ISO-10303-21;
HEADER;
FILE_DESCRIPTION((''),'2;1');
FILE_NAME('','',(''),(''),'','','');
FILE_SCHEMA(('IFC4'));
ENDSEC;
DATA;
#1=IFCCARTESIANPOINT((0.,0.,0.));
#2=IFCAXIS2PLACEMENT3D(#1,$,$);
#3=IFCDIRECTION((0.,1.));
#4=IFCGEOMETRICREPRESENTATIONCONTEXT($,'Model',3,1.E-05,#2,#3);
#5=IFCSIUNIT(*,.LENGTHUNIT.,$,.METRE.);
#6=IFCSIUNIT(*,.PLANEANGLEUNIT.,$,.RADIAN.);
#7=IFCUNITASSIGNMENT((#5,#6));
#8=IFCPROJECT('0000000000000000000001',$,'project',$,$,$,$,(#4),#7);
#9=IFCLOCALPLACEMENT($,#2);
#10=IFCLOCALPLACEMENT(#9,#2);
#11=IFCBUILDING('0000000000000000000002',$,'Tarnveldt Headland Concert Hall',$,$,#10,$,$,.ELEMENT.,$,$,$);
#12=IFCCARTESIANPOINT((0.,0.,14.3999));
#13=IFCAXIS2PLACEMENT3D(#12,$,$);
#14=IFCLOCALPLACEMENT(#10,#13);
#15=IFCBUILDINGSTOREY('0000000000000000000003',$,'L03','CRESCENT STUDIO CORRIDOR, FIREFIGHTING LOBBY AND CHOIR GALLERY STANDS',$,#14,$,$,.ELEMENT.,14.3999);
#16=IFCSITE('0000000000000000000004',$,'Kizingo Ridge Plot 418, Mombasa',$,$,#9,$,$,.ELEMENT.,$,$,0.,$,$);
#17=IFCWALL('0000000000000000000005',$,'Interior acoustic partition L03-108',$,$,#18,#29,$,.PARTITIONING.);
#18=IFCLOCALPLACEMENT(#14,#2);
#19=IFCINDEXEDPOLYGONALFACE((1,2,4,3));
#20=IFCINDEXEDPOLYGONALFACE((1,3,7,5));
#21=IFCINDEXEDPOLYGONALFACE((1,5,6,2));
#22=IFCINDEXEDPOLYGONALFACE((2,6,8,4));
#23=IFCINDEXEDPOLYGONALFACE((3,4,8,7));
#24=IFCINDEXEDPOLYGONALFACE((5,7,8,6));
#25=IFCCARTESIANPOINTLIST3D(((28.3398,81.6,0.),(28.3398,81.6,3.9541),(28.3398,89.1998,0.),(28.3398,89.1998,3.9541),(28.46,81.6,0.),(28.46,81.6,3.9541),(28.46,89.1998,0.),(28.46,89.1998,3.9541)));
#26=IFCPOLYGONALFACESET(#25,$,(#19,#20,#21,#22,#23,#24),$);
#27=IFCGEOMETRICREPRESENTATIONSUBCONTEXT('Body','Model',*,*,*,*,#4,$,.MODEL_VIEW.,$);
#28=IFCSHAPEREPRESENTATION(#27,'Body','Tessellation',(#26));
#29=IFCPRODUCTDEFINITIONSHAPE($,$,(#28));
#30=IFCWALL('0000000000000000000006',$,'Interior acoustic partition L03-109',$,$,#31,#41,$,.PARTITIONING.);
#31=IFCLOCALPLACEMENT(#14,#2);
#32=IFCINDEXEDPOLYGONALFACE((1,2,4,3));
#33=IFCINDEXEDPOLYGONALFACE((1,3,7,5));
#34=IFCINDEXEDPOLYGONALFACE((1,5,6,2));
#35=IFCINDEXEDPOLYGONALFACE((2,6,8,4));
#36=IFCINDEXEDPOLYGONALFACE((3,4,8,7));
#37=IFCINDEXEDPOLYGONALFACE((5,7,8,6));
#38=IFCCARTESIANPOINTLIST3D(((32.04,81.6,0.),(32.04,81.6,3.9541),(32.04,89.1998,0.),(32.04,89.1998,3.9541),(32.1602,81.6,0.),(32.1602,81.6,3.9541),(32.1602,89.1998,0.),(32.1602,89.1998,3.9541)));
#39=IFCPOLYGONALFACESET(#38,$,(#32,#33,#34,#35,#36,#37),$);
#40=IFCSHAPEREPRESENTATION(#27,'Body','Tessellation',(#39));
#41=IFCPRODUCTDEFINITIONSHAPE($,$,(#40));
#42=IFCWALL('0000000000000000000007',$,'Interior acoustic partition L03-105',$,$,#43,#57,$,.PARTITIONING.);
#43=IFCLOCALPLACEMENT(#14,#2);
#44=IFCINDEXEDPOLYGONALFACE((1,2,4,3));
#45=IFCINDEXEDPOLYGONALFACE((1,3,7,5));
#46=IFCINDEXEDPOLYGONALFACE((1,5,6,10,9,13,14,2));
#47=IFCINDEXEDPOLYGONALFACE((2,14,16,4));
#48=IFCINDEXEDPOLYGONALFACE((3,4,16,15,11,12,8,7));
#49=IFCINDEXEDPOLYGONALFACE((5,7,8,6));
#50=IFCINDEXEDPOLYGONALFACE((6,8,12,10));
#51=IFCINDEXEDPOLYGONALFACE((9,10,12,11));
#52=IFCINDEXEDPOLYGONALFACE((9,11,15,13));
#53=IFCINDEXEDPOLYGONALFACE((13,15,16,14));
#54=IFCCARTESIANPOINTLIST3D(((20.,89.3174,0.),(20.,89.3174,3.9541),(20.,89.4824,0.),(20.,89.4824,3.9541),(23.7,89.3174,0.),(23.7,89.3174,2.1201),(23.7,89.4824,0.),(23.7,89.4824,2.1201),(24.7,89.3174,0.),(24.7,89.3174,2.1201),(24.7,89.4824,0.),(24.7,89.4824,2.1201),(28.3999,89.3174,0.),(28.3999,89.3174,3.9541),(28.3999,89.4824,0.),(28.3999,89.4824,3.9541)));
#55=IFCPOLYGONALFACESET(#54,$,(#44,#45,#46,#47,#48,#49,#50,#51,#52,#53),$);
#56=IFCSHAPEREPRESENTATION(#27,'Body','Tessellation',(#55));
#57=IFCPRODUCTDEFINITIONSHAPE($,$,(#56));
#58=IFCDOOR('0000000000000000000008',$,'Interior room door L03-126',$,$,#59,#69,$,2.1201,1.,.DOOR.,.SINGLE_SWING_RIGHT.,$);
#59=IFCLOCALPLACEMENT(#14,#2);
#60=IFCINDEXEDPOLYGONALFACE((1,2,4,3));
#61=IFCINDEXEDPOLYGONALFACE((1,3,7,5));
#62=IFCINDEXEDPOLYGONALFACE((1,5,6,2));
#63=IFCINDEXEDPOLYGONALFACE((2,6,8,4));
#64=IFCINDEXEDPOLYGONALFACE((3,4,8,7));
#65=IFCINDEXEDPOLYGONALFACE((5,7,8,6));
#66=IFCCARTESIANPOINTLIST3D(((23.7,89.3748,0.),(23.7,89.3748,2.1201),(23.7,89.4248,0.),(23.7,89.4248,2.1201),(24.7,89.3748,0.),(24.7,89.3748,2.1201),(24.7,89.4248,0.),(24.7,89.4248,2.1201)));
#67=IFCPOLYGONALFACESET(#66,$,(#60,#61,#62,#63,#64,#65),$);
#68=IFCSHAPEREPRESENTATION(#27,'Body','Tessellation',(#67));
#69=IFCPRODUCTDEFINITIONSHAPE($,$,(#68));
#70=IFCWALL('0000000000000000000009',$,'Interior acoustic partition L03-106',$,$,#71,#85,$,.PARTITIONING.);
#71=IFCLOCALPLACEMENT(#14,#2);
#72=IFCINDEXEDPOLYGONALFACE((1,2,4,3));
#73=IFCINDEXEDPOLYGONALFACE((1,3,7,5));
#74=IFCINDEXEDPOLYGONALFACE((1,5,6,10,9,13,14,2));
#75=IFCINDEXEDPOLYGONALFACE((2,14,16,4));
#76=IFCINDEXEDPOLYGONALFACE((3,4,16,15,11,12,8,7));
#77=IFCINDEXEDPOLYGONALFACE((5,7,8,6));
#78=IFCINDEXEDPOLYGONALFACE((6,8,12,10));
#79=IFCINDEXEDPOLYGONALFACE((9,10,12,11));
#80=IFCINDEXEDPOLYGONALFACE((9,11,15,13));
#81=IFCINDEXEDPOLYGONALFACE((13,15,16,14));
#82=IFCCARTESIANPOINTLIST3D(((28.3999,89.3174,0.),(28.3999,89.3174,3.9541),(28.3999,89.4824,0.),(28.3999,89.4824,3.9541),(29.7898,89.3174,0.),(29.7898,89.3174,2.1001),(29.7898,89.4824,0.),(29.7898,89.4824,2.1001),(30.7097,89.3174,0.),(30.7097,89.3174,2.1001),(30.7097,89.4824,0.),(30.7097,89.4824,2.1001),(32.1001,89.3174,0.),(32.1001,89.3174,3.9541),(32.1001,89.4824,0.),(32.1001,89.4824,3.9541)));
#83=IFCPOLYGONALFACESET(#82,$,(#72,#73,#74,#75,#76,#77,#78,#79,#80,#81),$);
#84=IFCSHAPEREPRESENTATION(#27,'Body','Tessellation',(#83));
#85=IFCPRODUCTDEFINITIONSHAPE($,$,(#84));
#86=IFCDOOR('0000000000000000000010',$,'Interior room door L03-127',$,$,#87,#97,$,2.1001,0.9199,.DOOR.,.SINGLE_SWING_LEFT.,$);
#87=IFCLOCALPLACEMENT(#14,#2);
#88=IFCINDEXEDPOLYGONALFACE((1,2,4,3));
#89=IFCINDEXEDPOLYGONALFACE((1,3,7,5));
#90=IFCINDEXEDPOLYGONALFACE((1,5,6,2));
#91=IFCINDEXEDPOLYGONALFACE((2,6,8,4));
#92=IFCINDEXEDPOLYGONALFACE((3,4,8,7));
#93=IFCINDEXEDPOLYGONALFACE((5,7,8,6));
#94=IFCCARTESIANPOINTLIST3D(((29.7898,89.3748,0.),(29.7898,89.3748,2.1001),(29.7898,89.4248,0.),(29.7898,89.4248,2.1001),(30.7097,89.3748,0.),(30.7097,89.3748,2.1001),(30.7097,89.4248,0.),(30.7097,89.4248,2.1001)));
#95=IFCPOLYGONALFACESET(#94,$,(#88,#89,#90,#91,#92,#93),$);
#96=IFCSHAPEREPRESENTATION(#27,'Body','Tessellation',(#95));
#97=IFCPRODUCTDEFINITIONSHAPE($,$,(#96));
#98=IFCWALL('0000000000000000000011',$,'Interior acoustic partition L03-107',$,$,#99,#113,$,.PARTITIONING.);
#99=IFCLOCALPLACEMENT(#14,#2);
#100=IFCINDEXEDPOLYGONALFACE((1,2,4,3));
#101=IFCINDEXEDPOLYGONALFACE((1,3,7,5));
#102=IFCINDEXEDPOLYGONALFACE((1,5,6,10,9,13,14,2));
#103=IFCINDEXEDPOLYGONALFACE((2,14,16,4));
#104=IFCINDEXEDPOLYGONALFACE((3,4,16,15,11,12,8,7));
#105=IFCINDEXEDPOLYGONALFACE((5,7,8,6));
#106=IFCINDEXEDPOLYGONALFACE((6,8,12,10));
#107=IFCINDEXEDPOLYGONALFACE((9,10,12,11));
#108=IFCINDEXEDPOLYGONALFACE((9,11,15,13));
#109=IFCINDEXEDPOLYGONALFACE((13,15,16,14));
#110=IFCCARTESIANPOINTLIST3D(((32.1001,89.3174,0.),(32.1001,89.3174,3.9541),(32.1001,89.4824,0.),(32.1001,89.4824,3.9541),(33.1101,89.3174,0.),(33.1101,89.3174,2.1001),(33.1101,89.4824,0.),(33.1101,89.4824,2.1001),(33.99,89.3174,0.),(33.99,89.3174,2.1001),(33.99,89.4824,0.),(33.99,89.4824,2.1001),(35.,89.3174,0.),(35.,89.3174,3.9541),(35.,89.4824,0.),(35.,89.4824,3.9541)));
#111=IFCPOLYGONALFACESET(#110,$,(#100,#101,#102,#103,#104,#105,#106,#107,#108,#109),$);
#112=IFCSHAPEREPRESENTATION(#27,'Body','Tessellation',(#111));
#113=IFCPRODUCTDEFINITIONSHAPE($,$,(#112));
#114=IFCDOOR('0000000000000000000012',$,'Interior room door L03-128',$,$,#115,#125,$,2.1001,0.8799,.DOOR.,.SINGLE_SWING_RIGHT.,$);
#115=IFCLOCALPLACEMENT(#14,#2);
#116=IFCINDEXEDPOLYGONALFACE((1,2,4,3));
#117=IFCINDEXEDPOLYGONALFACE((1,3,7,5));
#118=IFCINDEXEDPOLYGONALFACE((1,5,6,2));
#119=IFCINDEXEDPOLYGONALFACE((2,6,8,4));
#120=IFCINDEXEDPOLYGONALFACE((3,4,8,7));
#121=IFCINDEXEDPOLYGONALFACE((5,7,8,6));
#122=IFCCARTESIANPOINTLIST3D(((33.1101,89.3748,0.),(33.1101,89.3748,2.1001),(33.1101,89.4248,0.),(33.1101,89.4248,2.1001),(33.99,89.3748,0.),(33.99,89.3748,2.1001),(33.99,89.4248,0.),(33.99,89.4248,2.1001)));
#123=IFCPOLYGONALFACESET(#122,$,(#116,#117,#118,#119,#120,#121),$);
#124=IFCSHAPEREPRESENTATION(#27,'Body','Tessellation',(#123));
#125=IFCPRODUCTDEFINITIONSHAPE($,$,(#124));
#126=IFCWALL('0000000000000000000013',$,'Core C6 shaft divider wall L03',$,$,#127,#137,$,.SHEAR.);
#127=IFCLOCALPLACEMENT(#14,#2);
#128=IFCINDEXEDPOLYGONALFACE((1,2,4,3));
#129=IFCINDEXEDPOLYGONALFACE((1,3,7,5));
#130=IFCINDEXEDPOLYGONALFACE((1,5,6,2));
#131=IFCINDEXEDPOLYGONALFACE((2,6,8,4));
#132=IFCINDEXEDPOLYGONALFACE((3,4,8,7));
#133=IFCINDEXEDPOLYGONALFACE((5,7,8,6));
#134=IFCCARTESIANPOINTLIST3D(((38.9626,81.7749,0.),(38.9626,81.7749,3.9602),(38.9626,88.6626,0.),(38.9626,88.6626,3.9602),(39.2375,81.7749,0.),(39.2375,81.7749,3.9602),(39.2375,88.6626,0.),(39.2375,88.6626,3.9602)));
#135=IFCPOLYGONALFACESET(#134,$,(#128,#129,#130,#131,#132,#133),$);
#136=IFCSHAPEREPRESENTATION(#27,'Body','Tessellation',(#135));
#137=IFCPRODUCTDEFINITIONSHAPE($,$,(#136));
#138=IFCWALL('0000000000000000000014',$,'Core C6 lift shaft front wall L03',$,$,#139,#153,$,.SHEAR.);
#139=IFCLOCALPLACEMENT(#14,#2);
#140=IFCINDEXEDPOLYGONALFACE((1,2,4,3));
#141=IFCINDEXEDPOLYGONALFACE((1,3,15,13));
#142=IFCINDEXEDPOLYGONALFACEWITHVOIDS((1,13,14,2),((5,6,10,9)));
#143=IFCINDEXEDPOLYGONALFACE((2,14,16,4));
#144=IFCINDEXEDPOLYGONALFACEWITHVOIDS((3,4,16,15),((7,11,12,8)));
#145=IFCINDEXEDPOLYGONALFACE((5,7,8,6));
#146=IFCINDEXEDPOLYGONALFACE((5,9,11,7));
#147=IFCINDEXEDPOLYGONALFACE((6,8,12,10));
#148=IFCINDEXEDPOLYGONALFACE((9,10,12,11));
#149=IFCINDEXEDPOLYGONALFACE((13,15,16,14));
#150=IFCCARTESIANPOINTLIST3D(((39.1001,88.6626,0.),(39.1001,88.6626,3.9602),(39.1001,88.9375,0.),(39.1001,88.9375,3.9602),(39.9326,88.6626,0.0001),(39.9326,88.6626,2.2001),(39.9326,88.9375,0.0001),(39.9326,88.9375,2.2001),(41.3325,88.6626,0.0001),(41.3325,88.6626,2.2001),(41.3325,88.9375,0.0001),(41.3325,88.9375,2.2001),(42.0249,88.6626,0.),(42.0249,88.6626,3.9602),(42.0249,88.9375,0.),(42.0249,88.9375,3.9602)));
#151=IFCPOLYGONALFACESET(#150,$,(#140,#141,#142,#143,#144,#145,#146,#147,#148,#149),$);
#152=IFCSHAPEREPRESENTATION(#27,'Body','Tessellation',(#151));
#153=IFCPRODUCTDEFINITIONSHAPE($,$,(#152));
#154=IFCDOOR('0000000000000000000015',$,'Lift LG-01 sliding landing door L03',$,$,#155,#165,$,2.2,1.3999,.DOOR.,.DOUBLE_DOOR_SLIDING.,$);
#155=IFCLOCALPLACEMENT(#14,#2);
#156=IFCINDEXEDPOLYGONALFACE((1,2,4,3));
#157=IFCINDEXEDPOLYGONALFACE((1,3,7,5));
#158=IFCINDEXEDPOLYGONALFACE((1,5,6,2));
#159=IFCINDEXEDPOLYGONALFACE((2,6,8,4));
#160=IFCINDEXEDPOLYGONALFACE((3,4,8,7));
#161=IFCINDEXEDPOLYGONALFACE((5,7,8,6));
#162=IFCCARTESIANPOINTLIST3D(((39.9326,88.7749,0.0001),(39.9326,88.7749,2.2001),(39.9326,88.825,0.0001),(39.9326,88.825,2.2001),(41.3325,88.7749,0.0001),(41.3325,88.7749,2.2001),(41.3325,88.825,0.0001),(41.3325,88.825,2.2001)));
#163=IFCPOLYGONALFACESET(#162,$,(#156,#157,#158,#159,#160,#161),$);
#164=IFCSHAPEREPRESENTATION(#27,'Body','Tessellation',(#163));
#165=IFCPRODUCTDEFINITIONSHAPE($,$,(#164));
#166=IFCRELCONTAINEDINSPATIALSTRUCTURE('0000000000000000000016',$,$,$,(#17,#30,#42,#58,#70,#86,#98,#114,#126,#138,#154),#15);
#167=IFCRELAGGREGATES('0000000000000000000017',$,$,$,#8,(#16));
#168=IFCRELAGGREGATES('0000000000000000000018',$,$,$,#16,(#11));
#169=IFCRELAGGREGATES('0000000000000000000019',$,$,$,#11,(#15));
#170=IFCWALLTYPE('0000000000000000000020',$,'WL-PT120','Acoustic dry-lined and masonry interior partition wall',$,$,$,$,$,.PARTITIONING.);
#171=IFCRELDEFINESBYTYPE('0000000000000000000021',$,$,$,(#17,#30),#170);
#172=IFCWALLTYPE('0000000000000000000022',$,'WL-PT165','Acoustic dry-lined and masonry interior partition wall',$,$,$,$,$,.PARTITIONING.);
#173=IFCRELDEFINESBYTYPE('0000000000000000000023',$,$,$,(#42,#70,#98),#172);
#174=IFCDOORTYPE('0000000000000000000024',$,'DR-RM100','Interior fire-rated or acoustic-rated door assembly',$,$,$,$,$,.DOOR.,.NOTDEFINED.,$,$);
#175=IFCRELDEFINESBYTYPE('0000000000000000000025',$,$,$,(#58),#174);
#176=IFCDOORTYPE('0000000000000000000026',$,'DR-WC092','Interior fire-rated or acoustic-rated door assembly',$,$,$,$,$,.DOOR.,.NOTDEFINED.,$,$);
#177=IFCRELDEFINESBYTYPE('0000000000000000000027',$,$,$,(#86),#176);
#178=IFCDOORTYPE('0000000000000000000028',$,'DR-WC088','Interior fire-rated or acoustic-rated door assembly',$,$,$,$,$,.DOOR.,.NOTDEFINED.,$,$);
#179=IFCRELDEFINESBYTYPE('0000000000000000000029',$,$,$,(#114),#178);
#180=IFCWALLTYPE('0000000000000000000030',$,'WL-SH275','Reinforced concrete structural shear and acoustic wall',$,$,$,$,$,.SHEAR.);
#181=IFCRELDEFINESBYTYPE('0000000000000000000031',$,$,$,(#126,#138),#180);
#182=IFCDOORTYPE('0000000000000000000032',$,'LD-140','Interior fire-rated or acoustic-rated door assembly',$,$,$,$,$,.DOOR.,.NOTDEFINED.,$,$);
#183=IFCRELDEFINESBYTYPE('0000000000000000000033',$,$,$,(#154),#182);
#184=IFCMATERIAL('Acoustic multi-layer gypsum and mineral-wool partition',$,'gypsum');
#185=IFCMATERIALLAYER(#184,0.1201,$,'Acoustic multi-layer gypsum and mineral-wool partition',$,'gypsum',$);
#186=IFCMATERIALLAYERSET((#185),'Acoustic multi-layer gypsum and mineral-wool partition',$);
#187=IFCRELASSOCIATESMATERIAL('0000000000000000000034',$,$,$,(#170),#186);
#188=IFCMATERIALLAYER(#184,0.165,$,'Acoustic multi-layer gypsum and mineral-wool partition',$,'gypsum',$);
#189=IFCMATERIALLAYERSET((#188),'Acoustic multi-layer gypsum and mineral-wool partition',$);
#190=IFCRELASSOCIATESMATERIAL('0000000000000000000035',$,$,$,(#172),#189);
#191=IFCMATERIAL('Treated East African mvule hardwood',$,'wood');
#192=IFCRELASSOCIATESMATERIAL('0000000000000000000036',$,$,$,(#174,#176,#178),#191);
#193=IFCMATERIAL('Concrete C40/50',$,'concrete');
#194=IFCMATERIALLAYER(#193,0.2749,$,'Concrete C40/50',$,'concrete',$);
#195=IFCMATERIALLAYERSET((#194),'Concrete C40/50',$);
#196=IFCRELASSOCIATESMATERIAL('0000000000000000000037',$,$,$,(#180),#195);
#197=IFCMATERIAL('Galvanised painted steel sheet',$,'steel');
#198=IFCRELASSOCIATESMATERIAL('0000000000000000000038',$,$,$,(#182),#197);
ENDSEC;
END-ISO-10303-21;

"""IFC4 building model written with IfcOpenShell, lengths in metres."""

from ifc_helpers import new_model, si_unit, direction, frame, frame_2d, origin, place, context, subcontext, project, spatial, rectangle, extrude, material, layer, layer_set, type_object, element, fill, save


model = new_model("IFC4")

# Units and contexts
model_context = context("Model", 3, precision=1e-05, world=origin(), true_north=direction((0.0, 1.0)))
body_context = subcontext(model_context, "Body", "Model", "MODEL_VIEW")
ifc_project = project(units=[si_unit("LENGTHUNIT", "METRE"), si_unit("PLANEANGLEUNIT", "RADIAN")], contexts=[model_context])

# Site, building, storey
site_placement = place(None, origin())
site = spatial("IfcSite", under=ifc_project, at=site_placement, Name="Kizingo Ridge Plot 418, Mombasa", CompositionType="ELEMENT", RefElevation=0.0)
building_placement = place(site_placement, origin())
building = spatial("IfcBuilding", under=site, at=building_placement, Name="Tarnveldt Headland Concert Hall", CompositionType="ELEMENT")
storey_placement = place(building_placement, frame((0.0, 0.0, 14.3999)))
storey = spatial("IfcBuildingStorey", under=building, at=storey_placement, Name="L03", Description="CRESCENT STUDIO CORRIDOR, FIREFIGHTING LOBBY AND CHOIR GALLERY STANDS", CompositionType="ELEMENT", Elevation=14.3999)

# Walls
ifc_material_1 = material(Name="Concrete C40/50", Category="concrete")
ifc_material_2 = material(Name="Acoustic multi-layer gypsum and mineral-wool partition", Category="gypsum")
ifc_layer_1 = layer(ifc_material_2, 0.1201, Name="Acoustic multi-layer gypsum and mineral-wool partition", Category="gypsum")
ifc_layer_set_1 = layer_set([ifc_layer_1], Name="Acoustic multi-layer gypsum and mineral-wool partition")
wall_type_1 = type_object("IfcWallType", Name="WL-PT120", Description="Acoustic dry-lined and masonry interior partition wall", PredefinedType="PARTITIONING", material=ifc_layer_set_1)
for number, where, z_axis, x_axis, name in (
    (1, (28.3999, 81.6001, 0.0), (0.0, 0.0, 1.0), (0.0, 1.0, 0.0), "Interior acoustic partition L03-108"),
    (2, (32.1001, 81.6001, 0.0), (0.0, 0.0, 1.0), (0.0, 1.0, 0.0), "Interior acoustic partition L03-109"),
):
    element("IfcWall", number, at=place(storey_placement, frame(where, z_axis=z_axis, x_axis=x_axis)), inside=storey, type_object=wall_type_1, Name=name, PredefinedType="PARTITIONING", context=body_context, shape_type="SweptSolid", body=[
        extrude(rectangle(XDim=7.5999, YDim=0.1201, at=frame_2d((3.7998, 0.0))), origin(), (0.0, 0.0, 1.0), 3.9541),
    ])

# Walls, openings, doors
ifc_layer_2 = layer(ifc_material_2, 0.165, Name="Acoustic multi-layer gypsum and mineral-wool partition", Category="gypsum")
ifc_layer_set_2 = layer_set([ifc_layer_2], Name="Acoustic multi-layer gypsum and mineral-wool partition")
wall_type_2 = type_object("IfcWallType", Name="WL-PT165", Description="Acoustic dry-lined and masonry interior partition wall", PredefinedType="PARTITIONING", material=ifc_layer_set_2)
wall_1_placement = place(storey_placement, frame((20.0, 89.3999, 0.0), z_axis=(0.0, 0.0, 1.0), x_axis=(1.0, 0.0, 0.0)))
wall_1 = element("IfcWall", 3, at=wall_1_placement, inside=storey, type_object=wall_type_2, Name="Interior acoustic partition L03-105", PredefinedType="PARTITIONING", context=body_context, shape_type="SweptSolid", body=[
    extrude(rectangle(XDim=8.3999, YDim=0.165, at=frame_2d((4.2, 0.0))), origin(), (0.0, 0.0, 1.0), 3.9541),
])
opening_1_placement = place(wall_1_placement, frame((3.7, 0.0, 0.0)))
opening_1 = element("IfcOpeningElement", 4, at=opening_1_placement, cuts=wall_1, PredefinedType="OPENING", context=body_context, shape_type="SweptSolid", body=[
    extrude(rectangle(XDim=1.0, YDim=2.1201, at=frame_2d((0.5, 1.0601))), frame((0.0, 0.0925, 0.0), z_axis=(0.0, -1.0, 0.0), x_axis=(1.0, 0.0, 0.0)), (0.0, 0.0, 1.0), 0.1851),
])
ifc_material_3 = material(Name="Treated East African mvule hardwood", Category="wood")
door_type_1 = type_object("IfcDoorType", Name="DR-RM100", Description="Interior fire-rated or acoustic-rated door assembly", OperationType="NOTDEFINED", PredefinedType="DOOR", material=ifc_material_3)
door_1_placement = place(opening_1_placement, origin())
door_1 = element("IfcDoor", 5, at=door_1_placement, inside=storey, type_object=door_type_1, Name="Interior room door L03-126", OperationType="SINGLE_SWING_RIGHT", OverallHeight=2.1201, OverallWidth=1.0, PredefinedType="DOOR", context=body_context, shape_type="SweptSolid", body=[
    extrude(rectangle(XDim=1.0, YDim=2.1201, at=frame_2d((0.5, 1.0601))), frame((0.0, 0.0249, 0.0), z_axis=(0.0, -1.0, 0.0), x_axis=(1.0, 0.0, 0.0)), (0.0, 0.0, 1.0), 0.05),
])
fill(opening_1, door_1)
wall_2_placement = place(storey_placement, frame((28.3999, 89.3999, 0.0), z_axis=(0.0, 0.0, 1.0), x_axis=(1.0, 0.0, 0.0)))
wall_2 = element("IfcWall", 6, at=wall_2_placement, inside=storey, type_object=wall_type_2, Name="Interior acoustic partition L03-106", PredefinedType="PARTITIONING", context=body_context, shape_type="SweptSolid", body=[
    extrude(rectangle(XDim=3.7002, YDim=0.165, at=frame_2d((1.8501, 0.0))), origin(), (0.0, 0.0, 1.0), 3.9541),
])
opening_2_placement = place(wall_2_placement, frame((1.3899, 0.0, 0.0)))
opening_2 = element("IfcOpeningElement", 7, at=opening_2_placement, cuts=wall_2, PredefinedType="OPENING", context=body_context, shape_type="SweptSolid", body=[
    extrude(rectangle(XDim=0.9199, YDim=2.1001, at=frame_2d((0.46, 1.05))), frame((0.0, 0.0925, 0.0), z_axis=(0.0, -1.0, 0.0), x_axis=(1.0, 0.0, 0.0)), (0.0, 0.0, 1.0), 0.1851),
])
door_type_2 = type_object("IfcDoorType", Name="DR-WC092", Description="Interior fire-rated or acoustic-rated door assembly", OperationType="NOTDEFINED", PredefinedType="DOOR", material=ifc_material_3)
door_2_placement = place(opening_2_placement, origin())
door_2 = element("IfcDoor", 8, at=door_2_placement, inside=storey, type_object=door_type_2, Name="Interior room door L03-127", OperationType="SINGLE_SWING_LEFT", OverallHeight=2.1001, OverallWidth=0.9199, PredefinedType="DOOR", context=body_context, shape_type="SweptSolid", body=[
    extrude(rectangle(XDim=0.9199, YDim=2.1001, at=frame_2d((0.46, 1.05))), frame((0.0, 0.0249, 0.0), z_axis=(0.0, -1.0, 0.0), x_axis=(1.0, 0.0, 0.0)), (0.0, 0.0, 1.0), 0.05),
])
fill(opening_2, door_2)
wall_3_placement = place(storey_placement, frame((32.1001, 89.3999, 0.0), z_axis=(0.0, 0.0, 1.0), x_axis=(1.0, 0.0, 0.0)))
wall_3 = element("IfcWall", 9, at=wall_3_placement, inside=storey, type_object=wall_type_2, Name="Interior acoustic partition L03-107", PredefinedType="PARTITIONING", context=body_context, shape_type="SweptSolid", body=[
    extrude(rectangle(XDim=2.8999, YDim=0.165, at=frame_2d((1.45, 0.0))), origin(), (0.0, 0.0, 1.0), 3.9541),
])
opening_3_placement = place(wall_3_placement, frame((1.01, 0.0, 0.0)))
opening_3 = element("IfcOpeningElement", 10, at=opening_3_placement, cuts=wall_3, PredefinedType="OPENING", context=body_context, shape_type="SweptSolid", body=[
    extrude(rectangle(XDim=0.8799, YDim=2.1001, at=frame_2d((0.4399, 1.05))), frame((0.0, 0.0925, 0.0), z_axis=(0.0, -1.0, 0.0), x_axis=(1.0, 0.0, 0.0)), (0.0, 0.0, 1.0), 0.1851),
])
door_type_3 = type_object("IfcDoorType", Name="DR-WC088", Description="Interior fire-rated or acoustic-rated door assembly", OperationType="NOTDEFINED", PredefinedType="DOOR", material=ifc_material_3)
door_3_placement = place(opening_3_placement, origin())
door_3 = element("IfcDoor", 11, at=door_3_placement, inside=storey, type_object=door_type_3, Name="Interior room door L03-128", OperationType="SINGLE_SWING_RIGHT", OverallHeight=2.1001, OverallWidth=0.8799, PredefinedType="DOOR", context=body_context, shape_type="SweptSolid", body=[
    extrude(rectangle(XDim=0.8799, YDim=2.1001, at=frame_2d((0.4399, 1.05))), frame((0.0, 0.0249, 0.0), z_axis=(0.0, -1.0, 0.0), x_axis=(1.0, 0.0, 0.0)), (0.0, 0.0, 1.0), 0.05),
])
fill(opening_3, door_3)

# Wall
ifc_layer_3 = layer(ifc_material_1, 0.2749, Name="Concrete C40/50", Category="concrete")
ifc_layer_set_3 = layer_set([ifc_layer_3], Name="Concrete C40/50")
wall_type_3 = type_object("IfcWallType", Name="WL-SH275", Description="Reinforced concrete structural shear and acoustic wall", PredefinedType="SHEAR", material=ifc_layer_set_3)
wall_4_placement = place(storey_placement, frame((39.1001, 81.7749, 0.0), z_axis=(0.0, 0.0, 1.0), x_axis=(0.0, 1.0, 0.0)))
element("IfcWall", 12, at=wall_4_placement, inside=storey, type_object=wall_type_3, Name="Core C6 shaft divider wall L03", PredefinedType="SHEAR", context=body_context, shape_type="SweptSolid", body=[
    extrude(rectangle(XDim=6.8877, YDim=0.2749, at=frame_2d((3.4438, 0.0))), origin(), (0.0, 0.0, 1.0), 3.9602),
])

# Wall, opening, door
ifc_material_4 = material(Name="Galvanised painted steel sheet", Category="steel")
wall_5_placement = place(storey_placement, frame((39.1001, 88.8, 0.0), z_axis=(0.0, 0.0, 1.0), x_axis=(1.0, 0.0, 0.0)))
wall_5 = element("IfcWall", 13, at=wall_5_placement, inside=storey, type_object=wall_type_3, Name="Core C6 lift shaft front wall L03", PredefinedType="SHEAR", context=body_context, shape_type="SweptSolid", body=[
    extrude(rectangle(XDim=2.9248, YDim=0.2749, at=frame_2d((1.4624, 0.0))), origin(), (0.0, 0.0, 1.0), 3.9602),
])
opening_4_placement = place(wall_5_placement, frame((0.8325, 0.0, 0.0)))
opening_4 = element("IfcOpeningElement", 14, at=opening_4_placement, cuts=wall_5, PredefinedType="OPENING", context=body_context, shape_type="SweptSolid", body=[
    extrude(rectangle(XDim=1.3999, YDim=2.2, at=frame_2d((0.7, 1.1001))), frame((0.0, 0.1475, 0.0), z_axis=(0.0, -1.0, 0.0), x_axis=(1.0, 0.0, 0.0)), (0.0, 0.0, 1.0), 0.2949),
])
door_type_4 = type_object("IfcDoorType", Name="LD-140", Description="Interior fire-rated or acoustic-rated door assembly", OperationType="NOTDEFINED", PredefinedType="DOOR", material=ifc_material_4)
door_4_placement = place(opening_4_placement, origin())
door_4 = element("IfcDoor", 15, at=door_4_placement, inside=storey, type_object=door_type_4, Name="Lift LG-01 sliding landing door L03", OperationType="DOUBLE_DOOR_SLIDING", OverallHeight=2.2, OverallWidth=1.3999, PredefinedType="DOOR", context=body_context, shape_type="SweptSolid", body=[
    extrude(rectangle(XDim=1.3999, YDim=2.2, at=frame_2d((0.7, 1.1001))), frame((0.0, 0.0249, 0.0), z_axis=(0.0, -1.0, 0.0), x_axis=(1.0, 0.0, 0.0)), (0.0, 0.0, 1.0), 0.05),
])
fill(opening_4, door_4)

save(model, "model.ifc")
